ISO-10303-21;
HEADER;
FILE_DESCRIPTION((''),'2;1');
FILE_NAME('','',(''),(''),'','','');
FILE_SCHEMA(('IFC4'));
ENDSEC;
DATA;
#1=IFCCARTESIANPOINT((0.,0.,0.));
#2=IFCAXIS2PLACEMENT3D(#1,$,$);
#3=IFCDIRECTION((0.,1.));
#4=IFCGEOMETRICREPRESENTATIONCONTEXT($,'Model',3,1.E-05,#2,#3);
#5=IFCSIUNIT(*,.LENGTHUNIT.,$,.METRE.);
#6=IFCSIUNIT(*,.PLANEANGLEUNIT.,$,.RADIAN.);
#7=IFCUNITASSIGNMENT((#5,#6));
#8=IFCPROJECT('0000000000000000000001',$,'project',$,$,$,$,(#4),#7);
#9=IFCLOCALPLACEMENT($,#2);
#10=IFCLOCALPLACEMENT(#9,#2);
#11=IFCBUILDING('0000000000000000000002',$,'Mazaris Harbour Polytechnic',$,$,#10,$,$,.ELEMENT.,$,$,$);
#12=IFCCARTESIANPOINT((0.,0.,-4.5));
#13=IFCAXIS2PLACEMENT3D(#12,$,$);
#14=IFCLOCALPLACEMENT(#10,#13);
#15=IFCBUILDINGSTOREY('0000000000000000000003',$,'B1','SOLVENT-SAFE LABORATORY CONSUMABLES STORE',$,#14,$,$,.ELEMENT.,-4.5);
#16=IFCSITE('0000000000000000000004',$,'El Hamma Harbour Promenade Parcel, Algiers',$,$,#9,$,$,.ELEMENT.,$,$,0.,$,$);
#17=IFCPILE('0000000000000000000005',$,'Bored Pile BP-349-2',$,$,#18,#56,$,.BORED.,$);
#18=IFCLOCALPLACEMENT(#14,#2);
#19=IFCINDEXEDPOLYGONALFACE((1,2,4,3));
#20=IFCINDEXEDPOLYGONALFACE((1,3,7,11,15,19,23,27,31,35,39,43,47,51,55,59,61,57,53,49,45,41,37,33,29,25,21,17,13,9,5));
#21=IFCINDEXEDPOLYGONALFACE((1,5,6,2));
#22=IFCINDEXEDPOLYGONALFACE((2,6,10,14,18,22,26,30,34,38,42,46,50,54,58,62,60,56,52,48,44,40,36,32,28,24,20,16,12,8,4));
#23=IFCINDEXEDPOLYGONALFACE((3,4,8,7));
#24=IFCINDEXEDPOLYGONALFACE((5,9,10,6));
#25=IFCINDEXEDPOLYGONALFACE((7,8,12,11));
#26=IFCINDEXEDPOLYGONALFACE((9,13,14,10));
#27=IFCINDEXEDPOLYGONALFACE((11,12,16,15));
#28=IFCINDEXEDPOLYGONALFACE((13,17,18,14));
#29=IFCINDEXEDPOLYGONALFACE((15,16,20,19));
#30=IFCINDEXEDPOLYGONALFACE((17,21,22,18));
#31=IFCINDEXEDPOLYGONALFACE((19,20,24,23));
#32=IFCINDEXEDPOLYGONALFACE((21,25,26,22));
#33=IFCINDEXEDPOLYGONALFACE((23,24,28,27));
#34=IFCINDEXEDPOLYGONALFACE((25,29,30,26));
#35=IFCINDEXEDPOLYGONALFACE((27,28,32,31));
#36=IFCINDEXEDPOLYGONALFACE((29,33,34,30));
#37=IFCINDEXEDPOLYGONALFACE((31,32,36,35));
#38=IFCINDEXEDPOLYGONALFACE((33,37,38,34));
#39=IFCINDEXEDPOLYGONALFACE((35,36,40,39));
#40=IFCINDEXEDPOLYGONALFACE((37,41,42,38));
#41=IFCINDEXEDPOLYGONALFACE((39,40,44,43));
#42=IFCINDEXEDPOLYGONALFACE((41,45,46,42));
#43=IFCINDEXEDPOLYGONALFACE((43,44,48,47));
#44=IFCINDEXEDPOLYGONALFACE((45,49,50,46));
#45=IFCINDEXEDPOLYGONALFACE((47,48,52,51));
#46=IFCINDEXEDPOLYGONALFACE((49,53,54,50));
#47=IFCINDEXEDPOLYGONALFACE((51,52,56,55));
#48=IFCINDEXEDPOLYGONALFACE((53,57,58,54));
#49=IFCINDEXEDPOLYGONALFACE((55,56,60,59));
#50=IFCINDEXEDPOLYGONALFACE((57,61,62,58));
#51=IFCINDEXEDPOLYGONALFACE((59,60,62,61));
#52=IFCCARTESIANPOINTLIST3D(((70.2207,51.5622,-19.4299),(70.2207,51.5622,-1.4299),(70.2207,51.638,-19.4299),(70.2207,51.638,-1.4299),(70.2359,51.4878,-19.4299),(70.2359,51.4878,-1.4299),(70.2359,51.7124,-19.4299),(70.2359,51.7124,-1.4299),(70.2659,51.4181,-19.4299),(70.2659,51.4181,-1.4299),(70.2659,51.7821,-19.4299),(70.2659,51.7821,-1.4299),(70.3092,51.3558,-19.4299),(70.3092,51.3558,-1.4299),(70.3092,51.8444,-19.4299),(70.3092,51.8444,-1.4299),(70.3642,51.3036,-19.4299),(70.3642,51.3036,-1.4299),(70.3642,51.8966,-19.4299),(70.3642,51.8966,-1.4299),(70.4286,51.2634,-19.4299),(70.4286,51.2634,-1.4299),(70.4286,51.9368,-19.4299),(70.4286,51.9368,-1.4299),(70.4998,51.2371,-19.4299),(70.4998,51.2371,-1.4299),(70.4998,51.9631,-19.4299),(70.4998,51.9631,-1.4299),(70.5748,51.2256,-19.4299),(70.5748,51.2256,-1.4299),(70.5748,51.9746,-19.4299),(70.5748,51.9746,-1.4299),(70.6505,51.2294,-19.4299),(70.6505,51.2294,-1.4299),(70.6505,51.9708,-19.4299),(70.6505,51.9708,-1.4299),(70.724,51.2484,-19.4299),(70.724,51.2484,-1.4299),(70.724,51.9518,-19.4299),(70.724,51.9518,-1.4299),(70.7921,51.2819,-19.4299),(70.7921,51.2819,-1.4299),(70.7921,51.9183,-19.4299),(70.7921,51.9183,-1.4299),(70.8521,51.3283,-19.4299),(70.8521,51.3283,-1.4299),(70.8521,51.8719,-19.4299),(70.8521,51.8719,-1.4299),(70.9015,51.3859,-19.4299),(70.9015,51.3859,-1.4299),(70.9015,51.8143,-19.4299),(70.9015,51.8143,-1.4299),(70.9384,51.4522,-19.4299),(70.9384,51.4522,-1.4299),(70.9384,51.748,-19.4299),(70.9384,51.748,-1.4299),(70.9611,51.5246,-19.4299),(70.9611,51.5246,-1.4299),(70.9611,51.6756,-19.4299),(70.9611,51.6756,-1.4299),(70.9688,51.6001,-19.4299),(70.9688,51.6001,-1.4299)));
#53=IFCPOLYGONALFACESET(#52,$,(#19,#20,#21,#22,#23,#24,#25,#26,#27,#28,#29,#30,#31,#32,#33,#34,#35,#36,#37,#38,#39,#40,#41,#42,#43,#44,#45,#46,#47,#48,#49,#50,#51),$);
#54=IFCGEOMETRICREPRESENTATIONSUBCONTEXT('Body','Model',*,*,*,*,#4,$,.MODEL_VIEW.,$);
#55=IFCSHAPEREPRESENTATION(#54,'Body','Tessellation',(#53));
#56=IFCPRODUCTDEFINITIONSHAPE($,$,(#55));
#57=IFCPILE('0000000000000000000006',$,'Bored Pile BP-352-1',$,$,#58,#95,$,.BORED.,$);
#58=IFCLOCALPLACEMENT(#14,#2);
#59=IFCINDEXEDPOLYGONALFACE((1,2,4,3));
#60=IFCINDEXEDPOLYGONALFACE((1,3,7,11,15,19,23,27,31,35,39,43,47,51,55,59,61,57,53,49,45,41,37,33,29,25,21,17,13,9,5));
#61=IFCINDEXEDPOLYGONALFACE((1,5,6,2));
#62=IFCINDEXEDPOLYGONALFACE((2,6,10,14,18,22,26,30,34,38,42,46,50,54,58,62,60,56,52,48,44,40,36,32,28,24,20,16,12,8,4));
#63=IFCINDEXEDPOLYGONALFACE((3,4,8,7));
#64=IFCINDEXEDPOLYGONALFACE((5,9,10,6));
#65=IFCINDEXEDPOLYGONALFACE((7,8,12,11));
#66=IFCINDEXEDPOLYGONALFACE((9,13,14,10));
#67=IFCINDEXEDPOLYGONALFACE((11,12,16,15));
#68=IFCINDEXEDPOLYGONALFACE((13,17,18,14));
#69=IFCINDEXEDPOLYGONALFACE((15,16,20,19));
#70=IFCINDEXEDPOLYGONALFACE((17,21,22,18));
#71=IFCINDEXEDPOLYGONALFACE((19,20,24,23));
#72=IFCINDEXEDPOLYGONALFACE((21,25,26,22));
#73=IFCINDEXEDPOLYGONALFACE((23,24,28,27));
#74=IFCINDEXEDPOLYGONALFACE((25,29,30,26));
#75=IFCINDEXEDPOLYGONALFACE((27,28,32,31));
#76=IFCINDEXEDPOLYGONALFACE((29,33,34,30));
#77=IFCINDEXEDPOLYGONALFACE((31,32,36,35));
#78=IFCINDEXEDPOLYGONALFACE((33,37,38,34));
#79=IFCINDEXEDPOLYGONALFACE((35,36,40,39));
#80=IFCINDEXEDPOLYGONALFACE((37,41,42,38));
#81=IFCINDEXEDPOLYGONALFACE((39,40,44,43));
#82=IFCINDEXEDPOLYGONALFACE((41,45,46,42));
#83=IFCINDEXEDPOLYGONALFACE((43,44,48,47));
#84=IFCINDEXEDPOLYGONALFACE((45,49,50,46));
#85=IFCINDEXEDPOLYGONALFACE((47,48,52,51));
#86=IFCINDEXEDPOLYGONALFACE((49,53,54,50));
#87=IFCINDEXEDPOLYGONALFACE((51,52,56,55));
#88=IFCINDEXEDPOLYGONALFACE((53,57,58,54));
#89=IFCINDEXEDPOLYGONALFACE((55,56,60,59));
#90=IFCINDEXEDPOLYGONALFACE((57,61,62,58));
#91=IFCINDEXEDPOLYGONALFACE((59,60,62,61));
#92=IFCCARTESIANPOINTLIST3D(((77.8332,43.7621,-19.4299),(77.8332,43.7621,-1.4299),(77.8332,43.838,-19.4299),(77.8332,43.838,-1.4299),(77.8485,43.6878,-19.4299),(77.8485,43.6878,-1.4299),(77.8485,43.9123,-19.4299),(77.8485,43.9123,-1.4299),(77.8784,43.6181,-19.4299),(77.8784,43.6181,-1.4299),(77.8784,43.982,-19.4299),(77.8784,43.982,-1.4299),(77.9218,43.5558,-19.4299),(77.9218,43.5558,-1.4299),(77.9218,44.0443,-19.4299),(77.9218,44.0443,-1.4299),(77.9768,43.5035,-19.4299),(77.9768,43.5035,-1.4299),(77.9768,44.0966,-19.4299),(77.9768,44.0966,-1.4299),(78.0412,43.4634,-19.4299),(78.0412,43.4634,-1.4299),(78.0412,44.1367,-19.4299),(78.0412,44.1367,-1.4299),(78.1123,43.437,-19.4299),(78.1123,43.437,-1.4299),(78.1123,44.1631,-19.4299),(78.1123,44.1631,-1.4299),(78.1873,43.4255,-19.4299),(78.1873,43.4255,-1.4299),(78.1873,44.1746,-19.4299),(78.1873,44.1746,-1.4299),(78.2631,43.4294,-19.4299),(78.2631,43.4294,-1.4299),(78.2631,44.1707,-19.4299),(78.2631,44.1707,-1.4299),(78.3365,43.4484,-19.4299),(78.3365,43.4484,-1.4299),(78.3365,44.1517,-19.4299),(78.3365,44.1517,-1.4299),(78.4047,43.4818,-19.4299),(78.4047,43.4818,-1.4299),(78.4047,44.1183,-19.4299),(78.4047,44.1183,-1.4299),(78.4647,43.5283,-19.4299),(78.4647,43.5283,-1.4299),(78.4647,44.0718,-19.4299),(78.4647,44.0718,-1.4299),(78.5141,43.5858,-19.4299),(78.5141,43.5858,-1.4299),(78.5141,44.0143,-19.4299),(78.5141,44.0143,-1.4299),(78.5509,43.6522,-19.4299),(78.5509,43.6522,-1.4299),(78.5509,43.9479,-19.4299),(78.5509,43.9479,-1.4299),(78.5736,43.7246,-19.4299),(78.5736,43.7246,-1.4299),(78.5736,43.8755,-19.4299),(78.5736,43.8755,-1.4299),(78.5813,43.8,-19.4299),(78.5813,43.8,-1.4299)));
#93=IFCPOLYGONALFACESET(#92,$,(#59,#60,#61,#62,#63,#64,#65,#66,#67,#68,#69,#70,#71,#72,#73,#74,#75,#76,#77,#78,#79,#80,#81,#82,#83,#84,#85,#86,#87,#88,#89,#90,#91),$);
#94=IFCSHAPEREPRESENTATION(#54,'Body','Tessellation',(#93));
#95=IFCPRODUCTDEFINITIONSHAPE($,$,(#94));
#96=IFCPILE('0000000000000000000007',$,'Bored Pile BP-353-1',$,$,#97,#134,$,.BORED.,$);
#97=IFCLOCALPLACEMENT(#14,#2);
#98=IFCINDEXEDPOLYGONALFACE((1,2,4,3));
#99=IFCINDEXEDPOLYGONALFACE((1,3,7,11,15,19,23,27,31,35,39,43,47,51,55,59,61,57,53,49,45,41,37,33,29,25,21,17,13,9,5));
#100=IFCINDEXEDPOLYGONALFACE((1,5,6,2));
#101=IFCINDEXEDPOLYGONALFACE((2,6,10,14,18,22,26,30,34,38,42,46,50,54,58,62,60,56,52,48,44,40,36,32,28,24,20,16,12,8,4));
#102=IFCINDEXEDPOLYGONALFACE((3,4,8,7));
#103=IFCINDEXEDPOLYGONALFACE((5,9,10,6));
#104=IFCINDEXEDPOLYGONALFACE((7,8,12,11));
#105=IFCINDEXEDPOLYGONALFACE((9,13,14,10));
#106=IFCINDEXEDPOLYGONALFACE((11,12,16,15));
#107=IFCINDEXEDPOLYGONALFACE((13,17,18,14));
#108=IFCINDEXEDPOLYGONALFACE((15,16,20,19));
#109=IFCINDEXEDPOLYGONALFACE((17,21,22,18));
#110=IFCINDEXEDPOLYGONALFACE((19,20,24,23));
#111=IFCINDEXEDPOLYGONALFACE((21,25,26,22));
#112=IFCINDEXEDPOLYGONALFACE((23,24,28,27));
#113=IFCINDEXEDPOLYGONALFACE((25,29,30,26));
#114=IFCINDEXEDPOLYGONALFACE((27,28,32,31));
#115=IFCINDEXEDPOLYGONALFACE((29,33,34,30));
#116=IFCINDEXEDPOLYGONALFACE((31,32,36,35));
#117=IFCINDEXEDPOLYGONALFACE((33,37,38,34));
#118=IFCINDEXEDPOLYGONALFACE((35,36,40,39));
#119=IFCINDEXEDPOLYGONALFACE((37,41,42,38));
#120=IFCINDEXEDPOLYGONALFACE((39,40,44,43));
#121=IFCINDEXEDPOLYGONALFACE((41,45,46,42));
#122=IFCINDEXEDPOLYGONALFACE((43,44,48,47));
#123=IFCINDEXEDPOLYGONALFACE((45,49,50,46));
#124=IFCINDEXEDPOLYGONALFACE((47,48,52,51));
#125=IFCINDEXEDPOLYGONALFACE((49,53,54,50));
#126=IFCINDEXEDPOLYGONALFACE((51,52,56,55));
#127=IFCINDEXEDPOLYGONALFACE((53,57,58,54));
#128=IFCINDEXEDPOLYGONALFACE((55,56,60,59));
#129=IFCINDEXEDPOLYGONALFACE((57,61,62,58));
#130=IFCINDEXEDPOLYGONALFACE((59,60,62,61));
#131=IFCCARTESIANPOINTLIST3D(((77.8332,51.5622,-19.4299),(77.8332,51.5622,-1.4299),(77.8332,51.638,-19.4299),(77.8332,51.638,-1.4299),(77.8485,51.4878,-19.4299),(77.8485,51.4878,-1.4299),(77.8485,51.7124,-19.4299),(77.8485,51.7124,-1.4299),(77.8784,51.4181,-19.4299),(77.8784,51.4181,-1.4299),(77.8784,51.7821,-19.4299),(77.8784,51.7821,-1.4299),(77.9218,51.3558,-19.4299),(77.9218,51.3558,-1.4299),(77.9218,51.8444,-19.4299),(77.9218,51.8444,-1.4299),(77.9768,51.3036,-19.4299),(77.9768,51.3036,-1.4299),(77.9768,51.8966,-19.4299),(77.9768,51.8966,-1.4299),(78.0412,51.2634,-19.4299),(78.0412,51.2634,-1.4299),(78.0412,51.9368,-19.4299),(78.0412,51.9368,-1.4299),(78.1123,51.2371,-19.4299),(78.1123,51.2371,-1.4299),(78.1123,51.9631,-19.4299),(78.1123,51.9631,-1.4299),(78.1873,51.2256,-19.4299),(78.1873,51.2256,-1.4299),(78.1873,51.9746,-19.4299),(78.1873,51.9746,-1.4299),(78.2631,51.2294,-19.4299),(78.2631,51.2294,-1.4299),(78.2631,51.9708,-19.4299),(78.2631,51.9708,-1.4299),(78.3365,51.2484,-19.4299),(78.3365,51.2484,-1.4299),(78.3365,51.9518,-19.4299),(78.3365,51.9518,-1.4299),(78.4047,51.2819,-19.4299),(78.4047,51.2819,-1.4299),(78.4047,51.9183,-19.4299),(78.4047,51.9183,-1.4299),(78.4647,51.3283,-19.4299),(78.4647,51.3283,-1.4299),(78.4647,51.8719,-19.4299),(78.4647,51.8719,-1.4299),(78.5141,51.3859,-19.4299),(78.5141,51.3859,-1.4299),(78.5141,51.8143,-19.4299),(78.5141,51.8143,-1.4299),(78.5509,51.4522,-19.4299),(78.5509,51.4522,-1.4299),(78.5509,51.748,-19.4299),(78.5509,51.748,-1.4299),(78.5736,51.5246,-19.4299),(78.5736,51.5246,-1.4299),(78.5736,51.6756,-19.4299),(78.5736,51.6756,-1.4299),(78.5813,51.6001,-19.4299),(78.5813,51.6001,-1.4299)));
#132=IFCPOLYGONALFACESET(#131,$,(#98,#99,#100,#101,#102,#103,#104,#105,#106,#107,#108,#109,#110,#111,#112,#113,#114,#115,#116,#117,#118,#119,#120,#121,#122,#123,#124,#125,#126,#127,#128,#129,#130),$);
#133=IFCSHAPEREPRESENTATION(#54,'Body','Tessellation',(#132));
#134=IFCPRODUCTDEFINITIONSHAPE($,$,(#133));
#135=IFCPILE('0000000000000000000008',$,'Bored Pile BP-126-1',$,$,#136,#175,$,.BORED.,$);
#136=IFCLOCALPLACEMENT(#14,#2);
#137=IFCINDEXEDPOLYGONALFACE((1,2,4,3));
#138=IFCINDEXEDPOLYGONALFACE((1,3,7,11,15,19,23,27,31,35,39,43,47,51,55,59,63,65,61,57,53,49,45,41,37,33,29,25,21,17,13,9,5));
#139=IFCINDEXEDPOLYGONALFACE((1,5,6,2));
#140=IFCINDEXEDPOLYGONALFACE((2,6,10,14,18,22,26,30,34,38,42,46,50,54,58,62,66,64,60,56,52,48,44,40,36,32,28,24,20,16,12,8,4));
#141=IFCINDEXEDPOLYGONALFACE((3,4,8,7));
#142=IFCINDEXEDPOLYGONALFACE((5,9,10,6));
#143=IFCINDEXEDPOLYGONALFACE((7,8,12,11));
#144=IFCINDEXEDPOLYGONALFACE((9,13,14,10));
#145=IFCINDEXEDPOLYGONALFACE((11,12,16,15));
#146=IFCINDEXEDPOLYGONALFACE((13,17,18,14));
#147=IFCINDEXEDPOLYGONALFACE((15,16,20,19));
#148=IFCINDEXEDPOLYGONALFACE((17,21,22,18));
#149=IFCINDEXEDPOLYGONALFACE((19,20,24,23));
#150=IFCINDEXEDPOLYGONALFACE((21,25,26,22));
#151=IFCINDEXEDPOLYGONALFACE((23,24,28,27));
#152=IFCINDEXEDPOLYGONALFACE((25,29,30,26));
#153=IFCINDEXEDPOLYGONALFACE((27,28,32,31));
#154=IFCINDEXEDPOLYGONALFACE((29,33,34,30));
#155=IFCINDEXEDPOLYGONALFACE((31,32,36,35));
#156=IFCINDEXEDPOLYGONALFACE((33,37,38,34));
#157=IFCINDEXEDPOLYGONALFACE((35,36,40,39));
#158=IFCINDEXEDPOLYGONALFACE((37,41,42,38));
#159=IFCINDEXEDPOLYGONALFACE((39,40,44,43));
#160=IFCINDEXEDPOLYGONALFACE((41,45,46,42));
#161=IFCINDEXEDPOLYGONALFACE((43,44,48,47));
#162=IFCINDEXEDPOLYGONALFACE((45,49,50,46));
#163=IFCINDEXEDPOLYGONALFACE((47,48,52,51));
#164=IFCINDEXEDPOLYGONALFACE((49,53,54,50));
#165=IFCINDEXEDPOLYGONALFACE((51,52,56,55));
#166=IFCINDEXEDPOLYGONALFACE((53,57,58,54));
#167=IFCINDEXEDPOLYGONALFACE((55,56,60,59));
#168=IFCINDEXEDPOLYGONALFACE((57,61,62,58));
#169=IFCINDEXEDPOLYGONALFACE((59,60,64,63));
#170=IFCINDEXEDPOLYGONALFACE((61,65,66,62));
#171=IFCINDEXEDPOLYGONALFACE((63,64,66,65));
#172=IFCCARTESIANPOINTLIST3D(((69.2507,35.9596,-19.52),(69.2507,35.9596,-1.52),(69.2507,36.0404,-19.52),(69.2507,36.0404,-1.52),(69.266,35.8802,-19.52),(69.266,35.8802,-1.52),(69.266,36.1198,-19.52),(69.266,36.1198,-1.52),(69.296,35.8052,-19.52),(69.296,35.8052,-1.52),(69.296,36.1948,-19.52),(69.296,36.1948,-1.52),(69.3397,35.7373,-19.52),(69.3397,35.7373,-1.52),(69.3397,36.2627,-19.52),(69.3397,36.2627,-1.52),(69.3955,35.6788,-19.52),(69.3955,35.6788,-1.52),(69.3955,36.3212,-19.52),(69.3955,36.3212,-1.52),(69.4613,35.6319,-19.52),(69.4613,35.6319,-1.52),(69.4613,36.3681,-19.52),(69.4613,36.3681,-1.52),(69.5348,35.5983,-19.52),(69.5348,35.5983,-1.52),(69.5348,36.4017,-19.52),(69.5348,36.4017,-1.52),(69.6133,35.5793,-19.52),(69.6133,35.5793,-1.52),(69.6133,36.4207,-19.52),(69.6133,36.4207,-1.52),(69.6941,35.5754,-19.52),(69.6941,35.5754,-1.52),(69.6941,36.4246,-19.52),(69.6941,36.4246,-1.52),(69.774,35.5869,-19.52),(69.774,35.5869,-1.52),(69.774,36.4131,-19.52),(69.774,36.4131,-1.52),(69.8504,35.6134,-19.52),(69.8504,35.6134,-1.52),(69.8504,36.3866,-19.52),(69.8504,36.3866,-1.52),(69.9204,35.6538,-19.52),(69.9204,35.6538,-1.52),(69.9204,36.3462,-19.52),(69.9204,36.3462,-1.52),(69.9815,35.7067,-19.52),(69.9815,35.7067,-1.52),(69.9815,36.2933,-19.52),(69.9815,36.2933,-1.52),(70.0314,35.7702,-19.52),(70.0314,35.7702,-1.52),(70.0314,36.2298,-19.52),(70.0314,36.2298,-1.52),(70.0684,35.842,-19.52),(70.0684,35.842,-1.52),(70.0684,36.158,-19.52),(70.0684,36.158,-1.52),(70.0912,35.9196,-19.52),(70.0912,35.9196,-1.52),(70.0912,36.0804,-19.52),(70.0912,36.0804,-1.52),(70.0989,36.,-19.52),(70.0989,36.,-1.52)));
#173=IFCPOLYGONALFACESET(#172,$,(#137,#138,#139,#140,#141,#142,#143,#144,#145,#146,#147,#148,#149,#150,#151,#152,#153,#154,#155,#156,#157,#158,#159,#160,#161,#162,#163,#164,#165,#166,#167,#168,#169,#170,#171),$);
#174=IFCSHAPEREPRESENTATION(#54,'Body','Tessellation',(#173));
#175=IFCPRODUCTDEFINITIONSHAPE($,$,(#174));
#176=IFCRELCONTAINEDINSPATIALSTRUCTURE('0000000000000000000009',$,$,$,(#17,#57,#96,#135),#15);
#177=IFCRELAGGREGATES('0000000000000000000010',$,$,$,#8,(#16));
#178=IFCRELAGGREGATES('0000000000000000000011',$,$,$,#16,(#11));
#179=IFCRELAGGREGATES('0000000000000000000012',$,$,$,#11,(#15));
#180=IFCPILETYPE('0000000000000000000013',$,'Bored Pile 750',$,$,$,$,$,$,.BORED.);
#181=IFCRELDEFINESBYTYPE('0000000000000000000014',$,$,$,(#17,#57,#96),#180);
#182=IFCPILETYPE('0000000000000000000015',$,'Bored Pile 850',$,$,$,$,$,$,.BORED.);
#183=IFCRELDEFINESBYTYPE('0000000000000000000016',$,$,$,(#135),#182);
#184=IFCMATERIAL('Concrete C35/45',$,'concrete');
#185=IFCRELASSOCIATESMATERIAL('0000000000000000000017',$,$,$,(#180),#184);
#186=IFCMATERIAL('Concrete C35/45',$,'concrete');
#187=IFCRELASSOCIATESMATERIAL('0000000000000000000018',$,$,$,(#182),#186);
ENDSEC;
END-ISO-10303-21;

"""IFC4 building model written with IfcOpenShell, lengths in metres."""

from ifc_helpers import new_model, si_unit, direction, frame, origin, origin_2d, place, context, subcontext, project, spatial, circle, extrude, material, material_profile, profile_set, type_object, element, save


model = new_model("IFC4")

# Units and contexts
model_context = context("Model", 3, precision=1e-05, world=origin(), true_north=direction((0.0, 1.0)))
body_context = subcontext(model_context, "Body", "Model", "MODEL_VIEW")
ifc_project = project(units=[si_unit("LENGTHUNIT", "METRE"), si_unit("PLANEANGLEUNIT", "RADIAN")], contexts=[model_context])

# Site, building, storey
site_placement = place(None, origin())
site = spatial("IfcSite", under=ifc_project, at=site_placement, Name="El Hamma Harbour Promenade Parcel, Algiers", CompositionType="ELEMENT", RefElevation=0.0)
building_placement = place(site_placement, origin())
building = spatial("IfcBuilding", under=site, at=building_placement, Name="Mazaris Harbour Polytechnic", CompositionType="ELEMENT")
storey_placement = place(building_placement, frame((0.0, 0.0, -4.5)))
storey = spatial("IfcBuildingStorey", under=building, at=storey_placement, Name="B1", Description="SOLVENT-SAFE LABORATORY CONSUMABLES STORE", CompositionType="ELEMENT", Elevation=-4.5)

# Piles
ifc_material_1 = material(Name="Concrete C35/45", Category="concrete")
ifc_material_profile_1 = material_profile(ifc_material_1, circle(Radius=0.375, at=origin_2d()), Name="DIA750")
ifc_profile_set_1 = profile_set([ifc_material_profile_1], Name="Concrete C35/45")
pile_type_1 = type_object("IfcPileType", Name="Bored Pile 750", PredefinedType="BORED", material=ifc_profile_set_1)
for number, where, z_axis, x_axis, name in (
    (1, (70.5938, 51.6001, -1.4299), (0.0, 0.0, -1.0), (1.0, 0.0, 0.0), "Bored Pile BP-349-2"),
    (2, (78.2063, 43.8, -1.4299), (0.0, 0.0, -1.0), (1.0, 0.0, 0.0), "Bored Pile BP-352-1"),
    (3, (78.2063, 51.6001, -1.4299), (0.0, 0.0, -1.0), (1.0, 0.0, 0.0), "Bored Pile BP-353-1"),
):
    element("IfcPile", number, at=place(storey_placement, frame(where, z_axis=z_axis, x_axis=x_axis)), inside=storey, type_object=pile_type_1, Name=name, PredefinedType="BORED", context=body_context, shape_type="SweptSolid", body=[
        extrude(circle(Radius=0.375, at=origin_2d()), origin(), (0.0, 0.0, 1.0), 18.0),
    ])
ifc_material_2 = material(Name="Concrete C35/45", Category="concrete")
ifc_material_profile_2 = material_profile(ifc_material_2, circle(Radius=0.425, at=origin_2d()), Name="DIA850")
ifc_profile_set_2 = profile_set([ifc_material_profile_2], Name="Concrete C35/45")
pile_type_2 = type_object("IfcPileType", Name="Bored Pile 850", PredefinedType="BORED", material=ifc_profile_set_2)
for number, where, z_axis, x_axis, name in (
    (4, (69.6738, 36.0, -1.52), (0.0, 0.0, -1.0), (1.0, 0.0, 0.0), "Bored Pile BP-126-1"),
):
    element("IfcPile", number, at=place(storey_placement, frame(where, z_axis=z_axis, x_axis=x_axis)), inside=storey, type_object=pile_type_2, Name=name, PredefinedType="BORED", context=body_context, shape_type="SweptSolid", body=[
        extrude(circle(Radius=0.425, at=origin_2d()), origin(), (0.0, 0.0, 1.0), 18.0),
    ])

save(model, "model.ifc")
